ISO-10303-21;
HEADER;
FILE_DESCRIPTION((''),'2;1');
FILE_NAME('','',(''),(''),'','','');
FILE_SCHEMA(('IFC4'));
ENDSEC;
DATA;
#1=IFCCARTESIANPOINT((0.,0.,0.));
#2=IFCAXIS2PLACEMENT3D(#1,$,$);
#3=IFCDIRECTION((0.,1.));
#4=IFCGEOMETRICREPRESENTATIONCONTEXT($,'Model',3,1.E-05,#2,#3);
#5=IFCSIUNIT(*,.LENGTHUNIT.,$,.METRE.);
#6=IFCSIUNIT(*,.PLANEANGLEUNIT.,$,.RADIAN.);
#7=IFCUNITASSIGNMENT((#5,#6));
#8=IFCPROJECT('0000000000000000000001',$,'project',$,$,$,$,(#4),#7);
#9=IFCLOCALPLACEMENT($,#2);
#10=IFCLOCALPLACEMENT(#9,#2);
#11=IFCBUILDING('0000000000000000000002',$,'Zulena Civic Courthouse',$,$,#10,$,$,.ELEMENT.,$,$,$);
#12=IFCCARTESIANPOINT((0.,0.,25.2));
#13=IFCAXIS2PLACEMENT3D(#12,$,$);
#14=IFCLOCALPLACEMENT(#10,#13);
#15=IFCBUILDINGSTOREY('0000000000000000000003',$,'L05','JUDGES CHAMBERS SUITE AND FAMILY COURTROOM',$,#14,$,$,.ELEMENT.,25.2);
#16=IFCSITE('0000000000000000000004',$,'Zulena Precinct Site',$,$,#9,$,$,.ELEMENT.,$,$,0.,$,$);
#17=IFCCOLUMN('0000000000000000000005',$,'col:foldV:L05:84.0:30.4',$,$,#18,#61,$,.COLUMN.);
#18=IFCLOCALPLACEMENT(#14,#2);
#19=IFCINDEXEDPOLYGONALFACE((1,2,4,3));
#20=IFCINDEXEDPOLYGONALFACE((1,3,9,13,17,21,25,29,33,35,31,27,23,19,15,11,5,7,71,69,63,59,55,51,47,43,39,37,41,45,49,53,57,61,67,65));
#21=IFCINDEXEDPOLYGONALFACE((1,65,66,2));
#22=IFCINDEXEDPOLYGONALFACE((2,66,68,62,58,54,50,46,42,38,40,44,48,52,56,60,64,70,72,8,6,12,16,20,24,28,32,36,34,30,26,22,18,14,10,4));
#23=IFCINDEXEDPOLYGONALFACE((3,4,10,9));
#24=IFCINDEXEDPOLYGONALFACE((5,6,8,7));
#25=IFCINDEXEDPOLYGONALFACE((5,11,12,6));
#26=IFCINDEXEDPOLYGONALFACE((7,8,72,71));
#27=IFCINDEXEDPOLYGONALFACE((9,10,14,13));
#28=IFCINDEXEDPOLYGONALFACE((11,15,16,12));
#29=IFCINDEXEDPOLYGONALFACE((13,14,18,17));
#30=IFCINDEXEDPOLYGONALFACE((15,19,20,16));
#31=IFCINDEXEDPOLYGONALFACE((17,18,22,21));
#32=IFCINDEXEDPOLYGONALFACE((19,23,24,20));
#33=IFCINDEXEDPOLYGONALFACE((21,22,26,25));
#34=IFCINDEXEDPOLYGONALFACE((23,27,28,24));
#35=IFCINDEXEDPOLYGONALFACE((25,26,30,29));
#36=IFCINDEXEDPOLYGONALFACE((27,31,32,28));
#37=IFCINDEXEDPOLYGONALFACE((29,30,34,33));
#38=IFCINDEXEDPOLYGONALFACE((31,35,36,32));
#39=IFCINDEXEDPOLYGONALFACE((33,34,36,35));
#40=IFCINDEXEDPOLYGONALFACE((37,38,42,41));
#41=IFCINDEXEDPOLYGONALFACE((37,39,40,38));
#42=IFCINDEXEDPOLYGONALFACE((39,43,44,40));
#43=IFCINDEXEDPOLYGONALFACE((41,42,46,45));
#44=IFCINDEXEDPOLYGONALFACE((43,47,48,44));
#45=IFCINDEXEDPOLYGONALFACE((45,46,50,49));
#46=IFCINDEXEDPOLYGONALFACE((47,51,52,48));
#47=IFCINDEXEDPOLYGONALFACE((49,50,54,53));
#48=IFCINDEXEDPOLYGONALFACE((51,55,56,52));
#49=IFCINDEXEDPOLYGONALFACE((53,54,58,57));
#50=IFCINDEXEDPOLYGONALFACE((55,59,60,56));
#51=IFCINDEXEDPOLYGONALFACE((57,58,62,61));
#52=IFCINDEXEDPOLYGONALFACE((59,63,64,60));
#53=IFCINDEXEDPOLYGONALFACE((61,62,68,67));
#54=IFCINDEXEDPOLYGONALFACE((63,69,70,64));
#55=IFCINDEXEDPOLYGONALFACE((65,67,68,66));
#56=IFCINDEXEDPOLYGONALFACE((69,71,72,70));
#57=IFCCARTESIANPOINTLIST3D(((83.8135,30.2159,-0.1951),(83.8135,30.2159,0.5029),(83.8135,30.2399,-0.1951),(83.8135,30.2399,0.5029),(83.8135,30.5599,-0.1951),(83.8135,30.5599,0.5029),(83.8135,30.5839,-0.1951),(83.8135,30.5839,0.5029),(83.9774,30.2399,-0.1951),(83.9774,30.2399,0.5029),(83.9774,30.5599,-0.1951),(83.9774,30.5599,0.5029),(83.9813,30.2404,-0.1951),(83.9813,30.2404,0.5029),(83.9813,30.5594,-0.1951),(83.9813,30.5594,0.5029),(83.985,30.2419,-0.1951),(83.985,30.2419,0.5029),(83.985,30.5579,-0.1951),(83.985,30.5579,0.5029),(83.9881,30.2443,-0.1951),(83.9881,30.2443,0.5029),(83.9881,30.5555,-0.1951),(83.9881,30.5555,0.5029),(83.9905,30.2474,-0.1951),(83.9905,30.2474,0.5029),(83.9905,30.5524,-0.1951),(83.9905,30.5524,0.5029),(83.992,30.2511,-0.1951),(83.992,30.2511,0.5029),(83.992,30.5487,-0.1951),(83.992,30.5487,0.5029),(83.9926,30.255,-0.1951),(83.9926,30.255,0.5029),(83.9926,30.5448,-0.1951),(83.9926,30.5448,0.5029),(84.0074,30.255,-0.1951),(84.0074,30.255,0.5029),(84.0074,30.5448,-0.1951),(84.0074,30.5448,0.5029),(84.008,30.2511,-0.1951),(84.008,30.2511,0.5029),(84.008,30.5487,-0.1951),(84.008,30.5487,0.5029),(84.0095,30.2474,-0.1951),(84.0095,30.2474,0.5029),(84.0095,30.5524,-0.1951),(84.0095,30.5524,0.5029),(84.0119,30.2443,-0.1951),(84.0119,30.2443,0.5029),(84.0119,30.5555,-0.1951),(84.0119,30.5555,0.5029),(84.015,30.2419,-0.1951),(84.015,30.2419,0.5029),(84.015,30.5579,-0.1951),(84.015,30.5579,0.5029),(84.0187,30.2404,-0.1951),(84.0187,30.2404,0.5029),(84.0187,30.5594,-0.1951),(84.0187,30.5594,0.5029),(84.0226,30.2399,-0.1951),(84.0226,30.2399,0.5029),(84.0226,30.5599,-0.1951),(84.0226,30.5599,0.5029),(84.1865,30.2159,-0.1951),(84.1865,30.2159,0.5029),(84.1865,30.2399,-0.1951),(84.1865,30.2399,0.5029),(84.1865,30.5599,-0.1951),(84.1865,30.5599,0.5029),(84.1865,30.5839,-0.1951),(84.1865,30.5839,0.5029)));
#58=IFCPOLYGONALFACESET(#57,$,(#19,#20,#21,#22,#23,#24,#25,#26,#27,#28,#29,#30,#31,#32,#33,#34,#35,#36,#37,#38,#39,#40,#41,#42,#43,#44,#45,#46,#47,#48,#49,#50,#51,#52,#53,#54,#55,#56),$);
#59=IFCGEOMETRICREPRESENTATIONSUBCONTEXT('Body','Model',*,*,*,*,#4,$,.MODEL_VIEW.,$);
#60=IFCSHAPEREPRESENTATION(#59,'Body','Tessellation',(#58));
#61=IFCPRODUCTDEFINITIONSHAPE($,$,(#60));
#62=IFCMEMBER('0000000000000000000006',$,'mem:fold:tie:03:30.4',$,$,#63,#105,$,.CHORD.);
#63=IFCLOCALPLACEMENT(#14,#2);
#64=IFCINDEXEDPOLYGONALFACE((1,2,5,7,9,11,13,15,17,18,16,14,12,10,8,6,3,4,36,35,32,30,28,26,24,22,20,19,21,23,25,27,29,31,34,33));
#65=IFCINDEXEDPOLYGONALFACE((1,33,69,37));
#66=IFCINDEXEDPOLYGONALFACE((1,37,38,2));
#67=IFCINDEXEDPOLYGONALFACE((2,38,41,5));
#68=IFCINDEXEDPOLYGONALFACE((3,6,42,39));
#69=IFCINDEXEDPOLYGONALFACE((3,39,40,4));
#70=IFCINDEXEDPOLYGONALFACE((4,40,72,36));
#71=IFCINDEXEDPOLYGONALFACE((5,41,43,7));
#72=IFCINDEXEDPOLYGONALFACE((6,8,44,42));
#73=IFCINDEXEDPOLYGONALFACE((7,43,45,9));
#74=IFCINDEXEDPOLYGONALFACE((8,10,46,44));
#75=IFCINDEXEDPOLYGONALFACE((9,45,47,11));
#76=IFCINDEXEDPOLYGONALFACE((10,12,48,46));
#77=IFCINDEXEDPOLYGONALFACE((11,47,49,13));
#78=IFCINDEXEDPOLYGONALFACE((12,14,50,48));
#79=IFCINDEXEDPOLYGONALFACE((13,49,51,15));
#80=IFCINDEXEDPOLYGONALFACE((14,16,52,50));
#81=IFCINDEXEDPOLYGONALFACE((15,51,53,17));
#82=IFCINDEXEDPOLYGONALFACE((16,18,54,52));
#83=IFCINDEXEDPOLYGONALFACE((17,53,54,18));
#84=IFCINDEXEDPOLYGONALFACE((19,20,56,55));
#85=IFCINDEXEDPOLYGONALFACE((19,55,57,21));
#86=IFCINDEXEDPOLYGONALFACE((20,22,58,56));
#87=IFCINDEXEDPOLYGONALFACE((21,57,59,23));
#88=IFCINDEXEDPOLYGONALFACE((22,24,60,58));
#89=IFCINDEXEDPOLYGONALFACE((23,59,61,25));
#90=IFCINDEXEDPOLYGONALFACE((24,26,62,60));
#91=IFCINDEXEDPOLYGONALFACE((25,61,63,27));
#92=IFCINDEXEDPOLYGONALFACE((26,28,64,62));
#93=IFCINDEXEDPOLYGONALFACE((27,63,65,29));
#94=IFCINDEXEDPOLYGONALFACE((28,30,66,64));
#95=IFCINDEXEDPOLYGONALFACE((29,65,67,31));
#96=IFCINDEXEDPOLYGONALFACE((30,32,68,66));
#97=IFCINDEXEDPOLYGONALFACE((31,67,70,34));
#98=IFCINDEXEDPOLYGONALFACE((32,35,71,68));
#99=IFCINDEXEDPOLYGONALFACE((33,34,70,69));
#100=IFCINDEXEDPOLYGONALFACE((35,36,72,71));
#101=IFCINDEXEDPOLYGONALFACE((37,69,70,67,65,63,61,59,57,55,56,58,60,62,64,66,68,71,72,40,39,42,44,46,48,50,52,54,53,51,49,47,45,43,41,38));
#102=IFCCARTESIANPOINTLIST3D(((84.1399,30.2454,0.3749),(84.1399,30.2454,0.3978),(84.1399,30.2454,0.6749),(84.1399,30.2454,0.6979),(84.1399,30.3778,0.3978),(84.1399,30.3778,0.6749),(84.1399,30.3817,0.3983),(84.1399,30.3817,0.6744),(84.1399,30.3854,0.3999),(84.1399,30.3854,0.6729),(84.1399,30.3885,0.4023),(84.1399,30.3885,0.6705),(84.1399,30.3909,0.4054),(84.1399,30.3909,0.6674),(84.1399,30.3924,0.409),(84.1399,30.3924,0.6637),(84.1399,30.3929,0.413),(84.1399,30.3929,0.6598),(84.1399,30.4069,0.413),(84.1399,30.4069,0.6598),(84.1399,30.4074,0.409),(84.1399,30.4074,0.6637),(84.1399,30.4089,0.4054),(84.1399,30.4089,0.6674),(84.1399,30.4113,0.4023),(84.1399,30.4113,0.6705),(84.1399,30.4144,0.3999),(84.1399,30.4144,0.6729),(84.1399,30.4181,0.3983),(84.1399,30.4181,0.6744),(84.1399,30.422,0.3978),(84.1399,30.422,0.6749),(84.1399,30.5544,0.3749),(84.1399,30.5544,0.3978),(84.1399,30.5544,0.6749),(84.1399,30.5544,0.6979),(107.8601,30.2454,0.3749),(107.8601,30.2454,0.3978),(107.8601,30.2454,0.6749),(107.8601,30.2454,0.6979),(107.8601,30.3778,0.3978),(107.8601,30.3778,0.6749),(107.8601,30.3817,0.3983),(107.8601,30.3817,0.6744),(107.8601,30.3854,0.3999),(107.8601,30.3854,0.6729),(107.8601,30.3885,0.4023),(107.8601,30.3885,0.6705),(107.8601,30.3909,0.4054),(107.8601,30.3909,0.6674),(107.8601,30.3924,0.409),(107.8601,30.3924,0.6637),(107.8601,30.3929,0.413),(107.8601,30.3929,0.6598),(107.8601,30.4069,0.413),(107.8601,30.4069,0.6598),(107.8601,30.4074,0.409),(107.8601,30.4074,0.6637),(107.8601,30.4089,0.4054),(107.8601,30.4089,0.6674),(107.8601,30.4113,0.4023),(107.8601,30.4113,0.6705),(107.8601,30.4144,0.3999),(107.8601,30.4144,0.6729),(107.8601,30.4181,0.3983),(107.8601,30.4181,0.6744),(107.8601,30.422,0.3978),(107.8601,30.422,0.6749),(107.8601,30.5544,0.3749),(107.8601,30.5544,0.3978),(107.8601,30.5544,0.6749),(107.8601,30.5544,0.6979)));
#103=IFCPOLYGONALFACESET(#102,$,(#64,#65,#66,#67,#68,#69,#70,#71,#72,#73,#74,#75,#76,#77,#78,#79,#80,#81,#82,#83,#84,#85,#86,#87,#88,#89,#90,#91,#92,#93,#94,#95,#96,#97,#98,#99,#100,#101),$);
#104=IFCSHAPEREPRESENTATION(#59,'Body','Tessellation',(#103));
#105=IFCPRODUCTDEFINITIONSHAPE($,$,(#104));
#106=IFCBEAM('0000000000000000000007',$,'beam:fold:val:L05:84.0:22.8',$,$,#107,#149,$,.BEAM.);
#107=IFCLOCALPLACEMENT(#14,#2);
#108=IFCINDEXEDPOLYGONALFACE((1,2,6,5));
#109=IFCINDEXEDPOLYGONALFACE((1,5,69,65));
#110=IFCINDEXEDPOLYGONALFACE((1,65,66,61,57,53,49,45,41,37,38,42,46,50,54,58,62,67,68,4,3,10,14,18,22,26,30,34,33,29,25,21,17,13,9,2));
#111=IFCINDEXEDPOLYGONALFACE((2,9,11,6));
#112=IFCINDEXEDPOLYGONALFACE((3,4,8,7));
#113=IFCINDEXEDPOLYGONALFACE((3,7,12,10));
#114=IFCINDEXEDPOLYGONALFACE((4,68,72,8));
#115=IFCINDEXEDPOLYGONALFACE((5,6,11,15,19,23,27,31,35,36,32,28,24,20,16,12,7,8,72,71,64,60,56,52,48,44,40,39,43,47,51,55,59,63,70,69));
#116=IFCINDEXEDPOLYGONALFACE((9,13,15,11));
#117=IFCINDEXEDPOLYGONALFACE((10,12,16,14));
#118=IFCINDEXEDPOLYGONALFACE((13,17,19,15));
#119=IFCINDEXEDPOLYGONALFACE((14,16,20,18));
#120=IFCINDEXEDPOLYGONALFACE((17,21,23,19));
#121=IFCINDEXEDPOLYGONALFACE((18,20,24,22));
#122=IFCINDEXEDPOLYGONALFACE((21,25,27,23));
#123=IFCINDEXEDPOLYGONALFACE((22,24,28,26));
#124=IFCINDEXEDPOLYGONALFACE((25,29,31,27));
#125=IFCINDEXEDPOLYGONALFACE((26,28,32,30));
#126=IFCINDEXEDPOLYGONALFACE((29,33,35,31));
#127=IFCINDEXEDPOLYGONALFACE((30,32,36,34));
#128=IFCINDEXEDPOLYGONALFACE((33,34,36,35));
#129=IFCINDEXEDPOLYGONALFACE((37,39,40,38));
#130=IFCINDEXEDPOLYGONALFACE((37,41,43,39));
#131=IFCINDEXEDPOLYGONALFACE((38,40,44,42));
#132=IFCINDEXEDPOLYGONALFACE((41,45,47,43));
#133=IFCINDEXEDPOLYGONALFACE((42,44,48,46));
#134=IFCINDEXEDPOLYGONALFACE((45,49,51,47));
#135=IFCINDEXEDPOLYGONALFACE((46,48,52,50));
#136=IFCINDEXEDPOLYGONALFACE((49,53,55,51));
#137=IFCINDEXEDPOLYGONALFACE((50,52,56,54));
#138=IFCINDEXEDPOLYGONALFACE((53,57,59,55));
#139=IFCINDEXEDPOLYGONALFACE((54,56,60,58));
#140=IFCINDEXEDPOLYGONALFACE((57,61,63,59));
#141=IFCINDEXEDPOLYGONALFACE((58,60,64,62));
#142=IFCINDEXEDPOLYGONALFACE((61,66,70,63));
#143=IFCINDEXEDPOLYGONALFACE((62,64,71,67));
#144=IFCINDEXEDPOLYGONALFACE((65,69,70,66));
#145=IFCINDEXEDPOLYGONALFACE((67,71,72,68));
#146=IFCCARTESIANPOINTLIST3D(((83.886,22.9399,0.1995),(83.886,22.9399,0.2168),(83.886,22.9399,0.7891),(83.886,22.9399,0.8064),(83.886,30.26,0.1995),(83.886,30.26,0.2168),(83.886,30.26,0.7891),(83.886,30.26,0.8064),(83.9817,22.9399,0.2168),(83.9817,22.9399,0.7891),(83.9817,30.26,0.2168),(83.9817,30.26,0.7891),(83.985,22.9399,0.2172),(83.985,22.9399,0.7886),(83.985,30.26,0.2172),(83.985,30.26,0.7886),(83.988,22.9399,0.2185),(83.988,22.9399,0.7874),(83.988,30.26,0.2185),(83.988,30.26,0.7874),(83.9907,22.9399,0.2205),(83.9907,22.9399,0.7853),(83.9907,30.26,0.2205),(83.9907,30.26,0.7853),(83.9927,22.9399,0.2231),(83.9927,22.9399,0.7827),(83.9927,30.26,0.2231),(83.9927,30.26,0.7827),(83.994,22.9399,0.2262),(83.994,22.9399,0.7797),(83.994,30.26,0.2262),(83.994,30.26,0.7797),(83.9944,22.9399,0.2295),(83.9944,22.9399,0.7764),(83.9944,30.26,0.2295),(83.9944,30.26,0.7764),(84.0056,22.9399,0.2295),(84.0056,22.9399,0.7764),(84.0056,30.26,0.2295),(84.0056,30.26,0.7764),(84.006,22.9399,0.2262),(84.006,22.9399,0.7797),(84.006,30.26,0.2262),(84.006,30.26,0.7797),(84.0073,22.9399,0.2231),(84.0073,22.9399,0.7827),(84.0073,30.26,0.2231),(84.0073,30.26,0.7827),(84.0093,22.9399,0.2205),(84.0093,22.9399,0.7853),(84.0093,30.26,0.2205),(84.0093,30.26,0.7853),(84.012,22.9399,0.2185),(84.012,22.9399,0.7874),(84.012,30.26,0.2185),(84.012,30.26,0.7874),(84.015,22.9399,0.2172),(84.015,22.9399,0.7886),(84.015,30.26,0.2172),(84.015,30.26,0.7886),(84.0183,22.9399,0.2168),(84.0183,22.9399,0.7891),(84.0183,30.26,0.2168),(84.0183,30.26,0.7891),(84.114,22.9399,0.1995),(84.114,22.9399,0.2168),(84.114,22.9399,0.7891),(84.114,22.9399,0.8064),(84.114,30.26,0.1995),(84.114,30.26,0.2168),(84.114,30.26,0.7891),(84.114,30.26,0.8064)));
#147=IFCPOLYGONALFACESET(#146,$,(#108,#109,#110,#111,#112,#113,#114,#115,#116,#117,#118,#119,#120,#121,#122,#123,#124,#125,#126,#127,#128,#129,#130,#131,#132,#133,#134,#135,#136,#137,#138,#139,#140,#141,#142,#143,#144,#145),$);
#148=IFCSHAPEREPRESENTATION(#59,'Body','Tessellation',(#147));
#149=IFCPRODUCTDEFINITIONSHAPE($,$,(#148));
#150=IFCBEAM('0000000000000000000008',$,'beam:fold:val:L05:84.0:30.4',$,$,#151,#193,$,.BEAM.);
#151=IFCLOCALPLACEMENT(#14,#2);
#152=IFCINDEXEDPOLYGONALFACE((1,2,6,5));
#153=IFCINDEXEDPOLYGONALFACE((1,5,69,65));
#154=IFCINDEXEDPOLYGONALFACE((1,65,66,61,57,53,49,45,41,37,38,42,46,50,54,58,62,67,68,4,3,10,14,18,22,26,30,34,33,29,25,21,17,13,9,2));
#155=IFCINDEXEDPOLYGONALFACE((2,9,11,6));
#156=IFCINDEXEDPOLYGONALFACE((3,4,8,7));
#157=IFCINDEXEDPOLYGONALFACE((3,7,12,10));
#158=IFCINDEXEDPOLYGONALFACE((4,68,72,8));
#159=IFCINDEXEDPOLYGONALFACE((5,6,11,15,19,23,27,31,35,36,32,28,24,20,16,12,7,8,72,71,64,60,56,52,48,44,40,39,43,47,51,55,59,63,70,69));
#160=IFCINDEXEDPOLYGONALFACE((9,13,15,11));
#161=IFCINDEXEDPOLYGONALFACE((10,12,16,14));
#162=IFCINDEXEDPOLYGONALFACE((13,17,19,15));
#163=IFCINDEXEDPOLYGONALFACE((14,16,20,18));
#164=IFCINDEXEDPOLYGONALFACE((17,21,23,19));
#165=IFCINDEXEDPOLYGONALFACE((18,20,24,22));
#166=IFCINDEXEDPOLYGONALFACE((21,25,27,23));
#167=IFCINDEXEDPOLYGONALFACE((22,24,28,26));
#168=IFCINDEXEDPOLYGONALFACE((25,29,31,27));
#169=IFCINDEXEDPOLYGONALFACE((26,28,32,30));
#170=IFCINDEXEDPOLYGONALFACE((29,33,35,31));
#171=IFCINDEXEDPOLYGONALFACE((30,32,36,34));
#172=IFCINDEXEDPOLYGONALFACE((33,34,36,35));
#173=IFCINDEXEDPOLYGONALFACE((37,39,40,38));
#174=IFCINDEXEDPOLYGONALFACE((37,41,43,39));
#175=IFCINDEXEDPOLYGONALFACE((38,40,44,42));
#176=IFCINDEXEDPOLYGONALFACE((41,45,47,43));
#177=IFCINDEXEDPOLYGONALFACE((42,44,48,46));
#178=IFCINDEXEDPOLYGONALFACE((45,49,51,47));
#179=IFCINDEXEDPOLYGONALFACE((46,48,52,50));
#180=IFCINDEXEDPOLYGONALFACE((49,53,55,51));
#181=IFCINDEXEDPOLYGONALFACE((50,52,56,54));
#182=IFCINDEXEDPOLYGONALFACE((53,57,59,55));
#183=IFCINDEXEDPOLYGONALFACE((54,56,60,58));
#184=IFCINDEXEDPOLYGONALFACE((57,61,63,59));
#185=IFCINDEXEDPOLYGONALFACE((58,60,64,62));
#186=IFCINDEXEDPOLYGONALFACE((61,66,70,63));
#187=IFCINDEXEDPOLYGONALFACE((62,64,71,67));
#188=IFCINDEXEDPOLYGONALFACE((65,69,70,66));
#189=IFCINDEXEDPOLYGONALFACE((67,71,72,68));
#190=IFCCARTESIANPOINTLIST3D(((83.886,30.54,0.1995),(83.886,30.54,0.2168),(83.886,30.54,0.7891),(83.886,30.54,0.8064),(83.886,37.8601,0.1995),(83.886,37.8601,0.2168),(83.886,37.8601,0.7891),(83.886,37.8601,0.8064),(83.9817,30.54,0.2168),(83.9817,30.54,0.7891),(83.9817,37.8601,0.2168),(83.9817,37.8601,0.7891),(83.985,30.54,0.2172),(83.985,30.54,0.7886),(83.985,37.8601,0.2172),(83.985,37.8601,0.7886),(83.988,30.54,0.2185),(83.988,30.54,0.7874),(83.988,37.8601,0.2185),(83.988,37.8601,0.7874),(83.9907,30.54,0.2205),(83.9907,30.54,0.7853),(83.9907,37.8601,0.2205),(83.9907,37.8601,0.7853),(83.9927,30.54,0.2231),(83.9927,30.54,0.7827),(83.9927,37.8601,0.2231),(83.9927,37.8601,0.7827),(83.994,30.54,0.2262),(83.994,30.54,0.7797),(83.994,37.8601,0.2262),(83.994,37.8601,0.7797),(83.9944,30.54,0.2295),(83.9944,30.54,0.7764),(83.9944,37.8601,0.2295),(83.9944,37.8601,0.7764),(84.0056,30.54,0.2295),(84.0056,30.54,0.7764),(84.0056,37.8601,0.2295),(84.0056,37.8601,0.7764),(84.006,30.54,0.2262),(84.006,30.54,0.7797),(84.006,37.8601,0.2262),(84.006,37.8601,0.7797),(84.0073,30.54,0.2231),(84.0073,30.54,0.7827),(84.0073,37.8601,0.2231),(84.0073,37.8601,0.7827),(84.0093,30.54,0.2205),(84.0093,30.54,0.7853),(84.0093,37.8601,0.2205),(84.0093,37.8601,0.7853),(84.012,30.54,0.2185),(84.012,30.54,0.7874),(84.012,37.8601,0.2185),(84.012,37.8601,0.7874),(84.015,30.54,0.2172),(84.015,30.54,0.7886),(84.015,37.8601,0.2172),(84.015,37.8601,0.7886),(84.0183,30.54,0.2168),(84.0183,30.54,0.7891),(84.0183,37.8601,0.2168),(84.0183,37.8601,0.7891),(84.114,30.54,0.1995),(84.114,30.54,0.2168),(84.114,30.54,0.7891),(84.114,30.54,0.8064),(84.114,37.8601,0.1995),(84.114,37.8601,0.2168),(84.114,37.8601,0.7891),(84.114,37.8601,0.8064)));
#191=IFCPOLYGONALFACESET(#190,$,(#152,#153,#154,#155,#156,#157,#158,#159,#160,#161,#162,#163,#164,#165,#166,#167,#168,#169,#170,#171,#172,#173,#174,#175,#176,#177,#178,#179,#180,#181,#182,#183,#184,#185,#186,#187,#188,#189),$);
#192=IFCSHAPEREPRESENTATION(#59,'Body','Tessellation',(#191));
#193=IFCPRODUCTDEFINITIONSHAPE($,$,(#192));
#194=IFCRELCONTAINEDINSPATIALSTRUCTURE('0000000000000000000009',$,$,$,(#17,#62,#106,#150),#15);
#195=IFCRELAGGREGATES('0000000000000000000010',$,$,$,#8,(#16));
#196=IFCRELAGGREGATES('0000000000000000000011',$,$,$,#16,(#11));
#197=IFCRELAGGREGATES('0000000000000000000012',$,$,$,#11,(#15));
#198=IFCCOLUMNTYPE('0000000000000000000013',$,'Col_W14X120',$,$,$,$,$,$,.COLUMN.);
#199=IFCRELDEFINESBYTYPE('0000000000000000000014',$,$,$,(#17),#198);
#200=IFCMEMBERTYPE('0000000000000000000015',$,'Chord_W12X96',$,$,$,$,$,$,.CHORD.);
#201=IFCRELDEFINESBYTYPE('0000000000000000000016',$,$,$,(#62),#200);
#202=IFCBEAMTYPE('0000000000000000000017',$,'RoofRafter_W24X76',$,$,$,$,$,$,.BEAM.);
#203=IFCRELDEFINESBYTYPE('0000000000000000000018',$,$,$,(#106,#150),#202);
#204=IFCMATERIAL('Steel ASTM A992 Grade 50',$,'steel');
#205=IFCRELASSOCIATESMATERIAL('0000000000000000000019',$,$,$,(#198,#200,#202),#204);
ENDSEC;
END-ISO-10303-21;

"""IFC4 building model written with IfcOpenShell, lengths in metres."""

from ifc_helpers import new_model, si_unit, direction, frame, origin, origin_2d, place, context, subcontext, project, spatial, i_section, extrude, material, material_profile, profile_set, type_object, element, save


model = new_model("IFC4")

# Units and contexts
model_context = context("Model", 3, precision=1e-05, world=origin(), true_north=direction((0.0, 1.0)))
body_context = subcontext(model_context, "Body", "Model", "MODEL_VIEW")
ifc_project = project(units=[si_unit("LENGTHUNIT", "METRE"), si_unit("PLANEANGLEUNIT", "RADIAN")], contexts=[model_context])

# Site, building, storey
site_placement = place(None, origin())
site = spatial("IfcSite", under=ifc_project, at=site_placement, Name="Zulena Precinct Site", CompositionType="ELEMENT", RefElevation=0.0)
building_placement = place(site_placement, origin())
building = spatial("IfcBuilding", under=site, at=building_placement, Name="Zulena Civic Courthouse", CompositionType="ELEMENT")
storey_placement = place(building_placement, frame((0.0, 0.0, 25.2)))
storey = spatial("IfcBuildingStorey", under=building, at=storey_placement, Name="L05", Description="JUDGES CHAMBERS SUITE AND FAMILY COURTROOM", CompositionType="ELEMENT", Elevation=25.2)

# Column
ifc_material_1 = material(Name="Steel ASTM A992 Grade 50", Category="steel")
ifc_material_profile_1 = material_profile(ifc_material_1, i_section(OverallWidth=0.373, OverallDepth=0.3679, WebThickness=0.0149, FlangeThickness=0.0239, FilletRadius=0.0151, at=origin_2d()), Name="W14X120")
ifc_profile_set_1 = profile_set([ifc_material_profile_1], Name="Steel ASTM A992 Grade 50")
column_type = type_object("IfcColumnType", Name="Col_W14X120", PredefinedType="COLUMN", material=ifc_profile_set_1)
column_placement = place(storey_placement, frame((84.0, 30.3999, -0.1951), z_axis=(0.0, 0.0, 1.0), x_axis=(1.0, 0.0, 0.0)))
element("IfcColumn", 1, at=column_placement, inside=storey, type_object=column_type, Name="col:foldV:L05:84.0:30.4", PredefinedType="COLUMN", context=body_context, shape_type="SweptSolid", body=[
    extrude(i_section(OverallWidth=0.373, OverallDepth=0.3679, WebThickness=0.0149, FlangeThickness=0.0239, FilletRadius=0.0151, at=origin_2d()), origin(), (0.0, 0.0, 1.0), 0.698),
])

# Member
ifc_material_profile_2 = material_profile(ifc_material_1, i_section(OverallWidth=0.3091, OverallDepth=0.323, WebThickness=0.0139, FlangeThickness=0.0229, FilletRadius=0.0151, at=origin_2d()), Name="W12X96")
ifc_profile_set_2 = profile_set([ifc_material_profile_2], Name="Steel ASTM A992 Grade 50")
member_type_1 = type_object("IfcMemberType", Name="Chord_W12X96", PredefinedType="CHORD", material=ifc_profile_set_2)
member_1_placement = place(storey_placement, frame((84.1399, 30.3999, 0.5364), z_axis=(1.0, 0.0, 0.0), x_axis=(0.0, 1.0, 0.0)))
element("IfcMember", 2, at=member_1_placement, inside=storey, type_object=member_type_1, Name="mem:fold:tie:03:30.4", PredefinedType="CHORD", context=body_context, shape_type="SweptSolid", body=[
    extrude(i_section(OverallWidth=0.3091, OverallDepth=0.323, WebThickness=0.0139, FlangeThickness=0.0229, FilletRadius=0.0151, at=origin_2d()), origin(), (0.0, 0.0, 1.0), 23.7202),
])

# Beams
ifc_material_profile_3 = material_profile(ifc_material_1, i_section(OverallWidth=0.228, OverallDepth=0.6069, WebThickness=0.0112, FlangeThickness=0.0173, FilletRadius=0.0127, at=origin_2d()), Name="W24X76")
ifc_profile_set_3 = profile_set([ifc_material_profile_3], Name="Steel ASTM A992 Grade 50")
beam_type = type_object("IfcBeamType", Name="RoofRafter_W24X76", PredefinedType="BEAM", material=ifc_profile_set_3)
for number, where, z_axis, x_axis, name in (
    (3, (84.0, 22.9399, 0.5029), (0.0, 1.0, 0.0), (-1.0, 0.0, 0.0), "beam:fold:val:L05:84.0:22.8"),
    (4, (84.0, 30.54, 0.5029), (0.0, 1.0, 0.0), (-1.0, 0.0, 0.0), "beam:fold:val:L05:84.0:30.4"),
):
    element("IfcBeam", number, at=place(storey_placement, frame(where, z_axis=z_axis, x_axis=x_axis)), inside=storey, type_object=beam_type, Name=name, PredefinedType="BEAM", context=body_context, shape_type="SweptSolid", body=[
        extrude(i_section(OverallWidth=0.228, OverallDepth=0.6069, WebThickness=0.0112, FlangeThickness=0.0173, FilletRadius=0.0127, at=origin_2d()), origin(), (0.0, 0.0, 1.0), 7.3201),
    ])

save(model, "model.ifc")
